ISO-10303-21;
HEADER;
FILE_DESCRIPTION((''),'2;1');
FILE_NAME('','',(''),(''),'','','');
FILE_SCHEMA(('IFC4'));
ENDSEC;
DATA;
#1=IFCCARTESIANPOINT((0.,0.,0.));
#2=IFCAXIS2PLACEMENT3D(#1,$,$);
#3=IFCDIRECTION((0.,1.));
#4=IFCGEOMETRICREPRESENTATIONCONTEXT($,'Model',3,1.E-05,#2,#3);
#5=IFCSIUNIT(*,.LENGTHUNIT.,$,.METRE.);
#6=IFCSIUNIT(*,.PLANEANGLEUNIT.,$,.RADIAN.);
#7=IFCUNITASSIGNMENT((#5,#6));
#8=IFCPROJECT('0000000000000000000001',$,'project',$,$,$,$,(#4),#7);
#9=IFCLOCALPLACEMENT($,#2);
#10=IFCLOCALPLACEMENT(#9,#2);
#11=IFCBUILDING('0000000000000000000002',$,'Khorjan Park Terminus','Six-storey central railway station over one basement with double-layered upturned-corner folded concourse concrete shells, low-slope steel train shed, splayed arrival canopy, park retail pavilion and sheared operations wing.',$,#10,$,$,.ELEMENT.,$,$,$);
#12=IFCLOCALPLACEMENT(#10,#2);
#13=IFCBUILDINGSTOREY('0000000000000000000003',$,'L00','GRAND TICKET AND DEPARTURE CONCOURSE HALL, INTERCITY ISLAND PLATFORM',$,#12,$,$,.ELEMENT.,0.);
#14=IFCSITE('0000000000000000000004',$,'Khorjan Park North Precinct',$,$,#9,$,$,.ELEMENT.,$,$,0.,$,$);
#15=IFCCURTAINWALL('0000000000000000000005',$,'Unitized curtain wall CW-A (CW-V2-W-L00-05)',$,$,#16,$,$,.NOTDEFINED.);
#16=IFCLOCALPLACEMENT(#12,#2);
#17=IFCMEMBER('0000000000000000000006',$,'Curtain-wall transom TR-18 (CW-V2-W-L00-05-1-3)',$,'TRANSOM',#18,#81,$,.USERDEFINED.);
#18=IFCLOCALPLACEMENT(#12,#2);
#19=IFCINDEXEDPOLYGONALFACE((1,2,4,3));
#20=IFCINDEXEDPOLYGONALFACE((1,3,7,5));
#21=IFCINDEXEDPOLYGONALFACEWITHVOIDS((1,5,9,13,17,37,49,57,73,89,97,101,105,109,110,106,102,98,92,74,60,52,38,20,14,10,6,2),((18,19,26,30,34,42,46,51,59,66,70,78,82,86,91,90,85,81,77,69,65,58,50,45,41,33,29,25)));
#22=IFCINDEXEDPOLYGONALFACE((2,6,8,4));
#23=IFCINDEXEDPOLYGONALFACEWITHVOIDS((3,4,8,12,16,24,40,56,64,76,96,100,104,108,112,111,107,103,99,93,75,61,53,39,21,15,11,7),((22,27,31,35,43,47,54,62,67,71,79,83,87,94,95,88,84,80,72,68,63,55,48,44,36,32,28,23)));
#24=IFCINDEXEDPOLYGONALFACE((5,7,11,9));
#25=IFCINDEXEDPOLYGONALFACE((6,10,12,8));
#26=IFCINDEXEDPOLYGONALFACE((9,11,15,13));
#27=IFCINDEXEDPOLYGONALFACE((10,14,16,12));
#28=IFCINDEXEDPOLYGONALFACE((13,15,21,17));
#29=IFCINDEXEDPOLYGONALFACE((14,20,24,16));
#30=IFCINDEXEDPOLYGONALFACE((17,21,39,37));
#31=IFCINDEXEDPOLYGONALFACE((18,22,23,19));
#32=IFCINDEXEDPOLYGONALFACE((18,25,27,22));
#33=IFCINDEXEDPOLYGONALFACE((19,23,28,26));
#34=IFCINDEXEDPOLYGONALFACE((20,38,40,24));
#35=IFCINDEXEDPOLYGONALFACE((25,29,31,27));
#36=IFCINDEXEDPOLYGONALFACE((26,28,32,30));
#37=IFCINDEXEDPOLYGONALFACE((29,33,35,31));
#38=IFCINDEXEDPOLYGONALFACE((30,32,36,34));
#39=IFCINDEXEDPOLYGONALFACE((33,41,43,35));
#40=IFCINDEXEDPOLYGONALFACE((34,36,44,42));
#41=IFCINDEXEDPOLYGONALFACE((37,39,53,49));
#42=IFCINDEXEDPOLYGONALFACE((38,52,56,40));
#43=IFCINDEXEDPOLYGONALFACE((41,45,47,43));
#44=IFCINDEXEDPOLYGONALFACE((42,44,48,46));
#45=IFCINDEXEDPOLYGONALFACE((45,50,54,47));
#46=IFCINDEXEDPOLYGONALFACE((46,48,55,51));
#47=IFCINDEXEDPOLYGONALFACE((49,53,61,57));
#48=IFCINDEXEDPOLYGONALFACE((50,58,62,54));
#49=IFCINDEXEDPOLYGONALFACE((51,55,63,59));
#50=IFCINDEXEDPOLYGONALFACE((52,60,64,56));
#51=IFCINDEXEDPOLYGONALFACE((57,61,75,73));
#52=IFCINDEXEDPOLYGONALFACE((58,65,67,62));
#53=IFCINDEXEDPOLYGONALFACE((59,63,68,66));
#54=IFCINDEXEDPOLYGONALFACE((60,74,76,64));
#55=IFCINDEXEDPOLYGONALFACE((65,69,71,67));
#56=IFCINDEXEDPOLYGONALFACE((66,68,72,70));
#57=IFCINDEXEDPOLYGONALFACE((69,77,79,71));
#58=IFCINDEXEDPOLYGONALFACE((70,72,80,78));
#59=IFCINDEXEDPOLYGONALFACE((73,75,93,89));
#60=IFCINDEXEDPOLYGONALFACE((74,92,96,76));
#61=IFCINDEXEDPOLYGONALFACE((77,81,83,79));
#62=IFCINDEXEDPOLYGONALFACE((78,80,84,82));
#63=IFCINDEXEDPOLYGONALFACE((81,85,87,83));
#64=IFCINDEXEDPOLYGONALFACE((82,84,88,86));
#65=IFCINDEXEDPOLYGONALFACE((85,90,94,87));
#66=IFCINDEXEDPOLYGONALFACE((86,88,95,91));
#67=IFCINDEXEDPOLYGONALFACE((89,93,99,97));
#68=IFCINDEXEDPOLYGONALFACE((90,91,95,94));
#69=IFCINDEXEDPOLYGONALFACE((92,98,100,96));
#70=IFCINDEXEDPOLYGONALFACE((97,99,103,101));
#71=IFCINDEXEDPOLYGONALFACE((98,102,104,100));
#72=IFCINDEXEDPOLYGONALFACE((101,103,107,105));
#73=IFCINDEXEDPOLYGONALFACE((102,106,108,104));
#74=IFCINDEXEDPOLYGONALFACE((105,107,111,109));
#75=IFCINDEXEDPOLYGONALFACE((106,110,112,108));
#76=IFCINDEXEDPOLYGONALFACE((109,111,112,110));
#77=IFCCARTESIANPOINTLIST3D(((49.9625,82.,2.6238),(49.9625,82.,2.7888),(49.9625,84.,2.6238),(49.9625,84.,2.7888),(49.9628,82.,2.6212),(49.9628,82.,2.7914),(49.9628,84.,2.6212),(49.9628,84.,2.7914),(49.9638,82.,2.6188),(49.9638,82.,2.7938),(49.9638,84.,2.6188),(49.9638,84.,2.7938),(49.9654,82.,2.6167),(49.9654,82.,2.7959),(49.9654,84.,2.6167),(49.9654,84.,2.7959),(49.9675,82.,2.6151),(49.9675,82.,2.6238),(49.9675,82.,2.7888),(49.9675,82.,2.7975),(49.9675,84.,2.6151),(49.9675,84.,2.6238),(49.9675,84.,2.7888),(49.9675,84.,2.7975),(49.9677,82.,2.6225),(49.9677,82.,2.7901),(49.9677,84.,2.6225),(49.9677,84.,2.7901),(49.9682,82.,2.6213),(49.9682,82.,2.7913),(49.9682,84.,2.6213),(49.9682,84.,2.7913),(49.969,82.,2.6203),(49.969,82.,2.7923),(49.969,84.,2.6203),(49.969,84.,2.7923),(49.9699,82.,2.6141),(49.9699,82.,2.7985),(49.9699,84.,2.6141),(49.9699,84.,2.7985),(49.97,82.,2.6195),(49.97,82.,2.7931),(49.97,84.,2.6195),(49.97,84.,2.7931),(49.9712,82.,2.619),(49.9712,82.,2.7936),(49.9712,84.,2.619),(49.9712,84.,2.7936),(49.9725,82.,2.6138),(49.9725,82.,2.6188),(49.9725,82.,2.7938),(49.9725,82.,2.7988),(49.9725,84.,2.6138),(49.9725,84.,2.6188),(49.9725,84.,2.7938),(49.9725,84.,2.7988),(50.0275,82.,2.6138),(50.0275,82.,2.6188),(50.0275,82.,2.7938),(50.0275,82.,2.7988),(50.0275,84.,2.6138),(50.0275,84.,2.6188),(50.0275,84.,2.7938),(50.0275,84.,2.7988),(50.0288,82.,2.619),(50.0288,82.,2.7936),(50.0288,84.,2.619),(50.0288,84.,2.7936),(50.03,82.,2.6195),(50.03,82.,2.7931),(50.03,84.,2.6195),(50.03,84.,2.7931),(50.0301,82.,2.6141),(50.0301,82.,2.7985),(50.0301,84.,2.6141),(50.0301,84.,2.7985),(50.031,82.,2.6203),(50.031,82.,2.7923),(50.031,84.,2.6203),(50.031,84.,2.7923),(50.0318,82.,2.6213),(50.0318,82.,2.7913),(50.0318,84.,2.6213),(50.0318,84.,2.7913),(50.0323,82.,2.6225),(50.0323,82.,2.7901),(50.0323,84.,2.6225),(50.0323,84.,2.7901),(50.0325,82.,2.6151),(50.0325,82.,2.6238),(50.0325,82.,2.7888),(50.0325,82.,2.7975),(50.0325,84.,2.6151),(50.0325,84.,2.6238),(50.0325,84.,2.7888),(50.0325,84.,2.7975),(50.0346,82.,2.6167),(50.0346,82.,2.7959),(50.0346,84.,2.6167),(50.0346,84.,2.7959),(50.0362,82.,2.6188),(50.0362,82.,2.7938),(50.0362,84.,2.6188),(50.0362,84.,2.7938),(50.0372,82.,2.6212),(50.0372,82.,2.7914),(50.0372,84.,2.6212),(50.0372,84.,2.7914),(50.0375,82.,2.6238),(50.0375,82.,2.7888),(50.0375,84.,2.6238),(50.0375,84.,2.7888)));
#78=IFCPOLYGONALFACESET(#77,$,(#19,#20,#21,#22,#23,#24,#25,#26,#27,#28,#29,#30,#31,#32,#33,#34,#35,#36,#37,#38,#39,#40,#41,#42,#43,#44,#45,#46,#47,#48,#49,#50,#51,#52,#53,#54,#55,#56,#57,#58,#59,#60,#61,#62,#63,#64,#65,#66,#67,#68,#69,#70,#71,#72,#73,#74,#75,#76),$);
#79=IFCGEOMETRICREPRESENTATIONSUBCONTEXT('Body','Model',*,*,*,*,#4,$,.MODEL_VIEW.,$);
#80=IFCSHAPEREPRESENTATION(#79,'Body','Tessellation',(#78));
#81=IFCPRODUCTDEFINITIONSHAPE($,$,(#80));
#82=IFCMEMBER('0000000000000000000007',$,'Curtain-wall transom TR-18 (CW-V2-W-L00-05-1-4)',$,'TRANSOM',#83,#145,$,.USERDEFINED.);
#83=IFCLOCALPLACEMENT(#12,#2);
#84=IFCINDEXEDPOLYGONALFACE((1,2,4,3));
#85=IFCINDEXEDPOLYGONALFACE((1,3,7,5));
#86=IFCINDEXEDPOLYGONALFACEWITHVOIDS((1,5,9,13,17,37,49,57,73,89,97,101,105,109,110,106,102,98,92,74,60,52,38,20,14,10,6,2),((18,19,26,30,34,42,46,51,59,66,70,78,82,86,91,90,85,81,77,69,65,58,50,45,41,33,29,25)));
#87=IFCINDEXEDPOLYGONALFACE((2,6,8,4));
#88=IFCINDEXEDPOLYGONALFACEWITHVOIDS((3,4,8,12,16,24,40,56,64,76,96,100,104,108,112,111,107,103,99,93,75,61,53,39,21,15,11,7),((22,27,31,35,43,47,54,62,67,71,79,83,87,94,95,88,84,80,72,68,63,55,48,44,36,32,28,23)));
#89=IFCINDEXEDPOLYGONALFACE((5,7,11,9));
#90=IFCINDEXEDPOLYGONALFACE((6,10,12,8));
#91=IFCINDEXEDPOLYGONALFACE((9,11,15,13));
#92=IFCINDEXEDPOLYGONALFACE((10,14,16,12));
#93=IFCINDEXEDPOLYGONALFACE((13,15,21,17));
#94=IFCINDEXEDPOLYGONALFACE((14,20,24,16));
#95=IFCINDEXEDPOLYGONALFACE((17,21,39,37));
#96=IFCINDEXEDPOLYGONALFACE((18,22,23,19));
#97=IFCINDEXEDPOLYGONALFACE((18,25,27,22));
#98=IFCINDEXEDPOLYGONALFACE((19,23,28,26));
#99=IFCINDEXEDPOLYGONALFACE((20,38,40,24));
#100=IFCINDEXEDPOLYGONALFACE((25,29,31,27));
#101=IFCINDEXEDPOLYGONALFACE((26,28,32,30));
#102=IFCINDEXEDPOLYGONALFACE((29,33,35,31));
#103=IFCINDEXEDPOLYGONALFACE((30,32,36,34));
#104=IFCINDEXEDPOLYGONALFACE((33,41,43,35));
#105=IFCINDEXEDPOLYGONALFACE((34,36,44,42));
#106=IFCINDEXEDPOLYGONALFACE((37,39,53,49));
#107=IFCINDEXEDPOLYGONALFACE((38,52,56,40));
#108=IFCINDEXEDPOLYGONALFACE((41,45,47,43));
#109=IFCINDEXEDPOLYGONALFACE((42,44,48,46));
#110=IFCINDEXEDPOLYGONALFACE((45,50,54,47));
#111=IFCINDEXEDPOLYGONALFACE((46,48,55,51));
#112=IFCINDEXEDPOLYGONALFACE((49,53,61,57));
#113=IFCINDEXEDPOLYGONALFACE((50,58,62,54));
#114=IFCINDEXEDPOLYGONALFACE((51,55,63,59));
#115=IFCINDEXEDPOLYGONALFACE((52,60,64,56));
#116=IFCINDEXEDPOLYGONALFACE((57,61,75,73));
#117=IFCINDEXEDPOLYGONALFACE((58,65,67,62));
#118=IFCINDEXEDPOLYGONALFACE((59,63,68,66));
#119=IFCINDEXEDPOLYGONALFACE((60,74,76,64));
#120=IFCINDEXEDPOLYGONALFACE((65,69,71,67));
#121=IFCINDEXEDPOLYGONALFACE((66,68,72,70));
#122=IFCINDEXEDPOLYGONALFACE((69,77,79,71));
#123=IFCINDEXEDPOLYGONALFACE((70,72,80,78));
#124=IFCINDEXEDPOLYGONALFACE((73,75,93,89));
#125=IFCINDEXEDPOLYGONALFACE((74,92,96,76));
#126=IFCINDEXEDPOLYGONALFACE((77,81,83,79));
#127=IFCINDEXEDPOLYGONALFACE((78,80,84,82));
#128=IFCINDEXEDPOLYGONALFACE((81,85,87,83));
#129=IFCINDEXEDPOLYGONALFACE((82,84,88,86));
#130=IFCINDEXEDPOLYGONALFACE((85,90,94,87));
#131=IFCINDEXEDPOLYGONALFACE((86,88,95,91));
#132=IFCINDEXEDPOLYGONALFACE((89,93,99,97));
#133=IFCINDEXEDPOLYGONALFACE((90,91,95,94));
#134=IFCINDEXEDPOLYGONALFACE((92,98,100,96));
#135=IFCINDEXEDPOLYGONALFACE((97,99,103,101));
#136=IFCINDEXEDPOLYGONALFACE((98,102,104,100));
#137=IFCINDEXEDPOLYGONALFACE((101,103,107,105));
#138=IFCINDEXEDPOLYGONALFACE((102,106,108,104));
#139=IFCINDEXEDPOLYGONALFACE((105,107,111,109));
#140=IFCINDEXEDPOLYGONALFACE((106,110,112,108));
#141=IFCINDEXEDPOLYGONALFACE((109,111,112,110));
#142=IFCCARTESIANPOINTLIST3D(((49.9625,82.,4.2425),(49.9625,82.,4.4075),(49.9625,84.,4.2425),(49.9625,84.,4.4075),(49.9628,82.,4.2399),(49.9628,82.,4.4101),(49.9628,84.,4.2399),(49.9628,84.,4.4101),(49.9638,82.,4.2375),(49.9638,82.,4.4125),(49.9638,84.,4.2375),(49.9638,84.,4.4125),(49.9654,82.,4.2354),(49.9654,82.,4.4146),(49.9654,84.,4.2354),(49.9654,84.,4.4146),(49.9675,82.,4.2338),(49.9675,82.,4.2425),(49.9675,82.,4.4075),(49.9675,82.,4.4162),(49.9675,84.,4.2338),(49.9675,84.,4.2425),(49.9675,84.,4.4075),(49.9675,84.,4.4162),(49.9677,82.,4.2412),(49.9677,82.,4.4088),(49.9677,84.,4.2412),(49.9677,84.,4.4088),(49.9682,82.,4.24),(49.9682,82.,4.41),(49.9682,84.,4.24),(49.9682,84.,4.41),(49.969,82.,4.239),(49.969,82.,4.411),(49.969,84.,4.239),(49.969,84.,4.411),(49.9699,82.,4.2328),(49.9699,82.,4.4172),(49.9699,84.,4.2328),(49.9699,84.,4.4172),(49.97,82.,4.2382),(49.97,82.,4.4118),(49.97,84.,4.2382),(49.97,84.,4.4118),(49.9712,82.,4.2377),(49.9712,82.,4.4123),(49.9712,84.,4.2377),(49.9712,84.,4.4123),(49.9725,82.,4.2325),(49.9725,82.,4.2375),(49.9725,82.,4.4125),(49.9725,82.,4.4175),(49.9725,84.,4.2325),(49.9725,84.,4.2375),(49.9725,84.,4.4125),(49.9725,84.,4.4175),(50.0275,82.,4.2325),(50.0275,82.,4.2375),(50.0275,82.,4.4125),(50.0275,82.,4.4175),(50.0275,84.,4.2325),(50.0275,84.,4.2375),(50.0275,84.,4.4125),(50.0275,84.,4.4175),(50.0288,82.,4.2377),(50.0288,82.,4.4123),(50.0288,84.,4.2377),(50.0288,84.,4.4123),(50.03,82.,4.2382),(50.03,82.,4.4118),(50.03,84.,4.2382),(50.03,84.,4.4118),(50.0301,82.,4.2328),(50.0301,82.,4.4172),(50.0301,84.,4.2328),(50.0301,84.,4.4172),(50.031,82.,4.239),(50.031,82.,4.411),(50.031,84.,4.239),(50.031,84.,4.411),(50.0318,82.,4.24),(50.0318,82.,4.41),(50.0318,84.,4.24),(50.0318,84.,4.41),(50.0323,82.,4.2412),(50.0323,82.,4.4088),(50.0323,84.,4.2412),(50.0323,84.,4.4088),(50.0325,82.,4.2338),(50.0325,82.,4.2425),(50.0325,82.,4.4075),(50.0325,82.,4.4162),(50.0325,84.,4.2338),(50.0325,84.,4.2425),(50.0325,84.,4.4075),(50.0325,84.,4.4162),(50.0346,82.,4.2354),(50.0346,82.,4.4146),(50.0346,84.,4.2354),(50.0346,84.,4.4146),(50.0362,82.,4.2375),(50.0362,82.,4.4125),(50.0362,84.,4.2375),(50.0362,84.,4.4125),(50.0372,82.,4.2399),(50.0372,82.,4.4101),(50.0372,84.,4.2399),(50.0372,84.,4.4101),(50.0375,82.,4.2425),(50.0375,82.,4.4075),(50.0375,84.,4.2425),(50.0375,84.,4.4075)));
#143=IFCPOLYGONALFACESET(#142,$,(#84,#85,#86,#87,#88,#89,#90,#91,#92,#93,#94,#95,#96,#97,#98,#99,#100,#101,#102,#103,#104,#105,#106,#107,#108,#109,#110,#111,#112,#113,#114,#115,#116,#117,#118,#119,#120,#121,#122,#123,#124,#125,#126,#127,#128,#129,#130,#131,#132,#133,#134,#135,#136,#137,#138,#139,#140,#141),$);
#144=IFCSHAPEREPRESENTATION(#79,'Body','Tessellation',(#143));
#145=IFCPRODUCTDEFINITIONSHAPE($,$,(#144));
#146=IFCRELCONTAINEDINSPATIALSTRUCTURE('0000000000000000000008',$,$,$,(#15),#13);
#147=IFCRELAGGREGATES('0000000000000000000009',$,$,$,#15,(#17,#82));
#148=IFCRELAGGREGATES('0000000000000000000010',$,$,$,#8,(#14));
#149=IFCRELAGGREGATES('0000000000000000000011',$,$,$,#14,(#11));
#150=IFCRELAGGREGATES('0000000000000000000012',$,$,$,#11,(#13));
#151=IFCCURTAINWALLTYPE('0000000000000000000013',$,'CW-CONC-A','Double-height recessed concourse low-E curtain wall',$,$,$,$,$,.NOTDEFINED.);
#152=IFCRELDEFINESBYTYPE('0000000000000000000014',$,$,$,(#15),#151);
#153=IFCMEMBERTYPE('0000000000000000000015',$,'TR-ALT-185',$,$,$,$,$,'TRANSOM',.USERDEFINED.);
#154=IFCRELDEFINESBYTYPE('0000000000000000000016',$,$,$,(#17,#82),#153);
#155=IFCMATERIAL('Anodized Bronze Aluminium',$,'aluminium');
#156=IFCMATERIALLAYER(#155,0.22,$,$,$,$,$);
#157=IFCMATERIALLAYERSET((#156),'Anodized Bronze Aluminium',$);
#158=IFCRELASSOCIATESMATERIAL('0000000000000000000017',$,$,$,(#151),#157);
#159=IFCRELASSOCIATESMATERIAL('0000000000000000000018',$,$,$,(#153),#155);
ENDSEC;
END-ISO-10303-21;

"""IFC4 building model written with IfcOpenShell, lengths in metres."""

from ifc_helpers import new_model, si_unit, direction, frame, origin, origin_2d, place, context, subcontext, project, spatial, hollow_rectangle, extrude, material, layer, layer_set, material_profile, profile_set, type_object, element, aggregate, save


model = new_model("IFC4")

# Units and contexts
model_context = context("Model", 3, precision=1e-05, world=origin(), true_north=direction((0.0, 1.0)))
body_context = subcontext(model_context, "Body", "Model", "MODEL_VIEW")
ifc_project = project(units=[si_unit("LENGTHUNIT", "METRE"), si_unit("PLANEANGLEUNIT", "RADIAN")], contexts=[model_context])

# Site, building, storey
site_placement = place(None, origin())
site = spatial("IfcSite", under=ifc_project, at=site_placement, Name="Khorjan Park North Precinct", CompositionType="ELEMENT", RefElevation=0.0)
building_placement = place(site_placement, origin())
building = spatial("IfcBuilding", under=site, at=building_placement, Name="Khorjan Park Terminus", Description="Six-storey central railway station over one basement with double-layered upturned-corner folded concourse concrete shells, low-slope steel train shed, splayed arrival canopy, park retail pavilion and sheared operations wing.", CompositionType="ELEMENT")
storey_placement = place(building_placement, origin())
storey = spatial("IfcBuildingStorey", under=building, at=storey_placement, Name="L00", Description="GRAND TICKET AND DEPARTURE CONCOURSE HALL, INTERCITY ISLAND PLATFORM", CompositionType="ELEMENT", Elevation=0.0)

# Shared definitions
ifc_material_1 = material(Name="Anodized Bronze Aluminium", Category="aluminium")
ifc_layer_1 = layer(ifc_material_1, 0.22)
ifc_layer_set_1 = layer_set([ifc_layer_1], Name="Anodized Bronze Aluminium")
curtain_wall_type = type_object("IfcCurtainWallType", Name="CW-CONC-A", Description="Double-height recessed concourse low-E curtain wall", PredefinedType="NOTDEFINED", material=ifc_layer_set_1)

# Curtain wall, members
curtain_wall_1_placement = place(storey_placement, origin())
curtain_wall_1 = element("IfcCurtainWall", 1, at=curtain_wall_1_placement, inside=storey, type_object=curtain_wall_type, Name="Unitized curtain wall CW-A (CW-V2-W-L00-05)", PredefinedType="NOTDEFINED")
ifc_material_profile_1 = material_profile(ifc_material_1, hollow_rectangle(XDim=0.075, YDim=0.185, WallThickness=0.005, InnerFilletRadius=0.005, OuterFilletRadius=0.01, at=origin_2d()), Name="ALT 75x185x5")
ifc_profile_set_1 = profile_set([ifc_material_profile_1], Name="Anodized Bronze Aluminium")
member_type_1 = type_object("IfcMemberType", Name="TR-ALT-185", ElementType="TRANSOM", PredefinedType="USERDEFINED", material=ifc_profile_set_1)
member_1_placement = place(storey_placement, frame((50.0, 84.0, 2.7063), z_axis=(0.0, -1.0, 0.0), x_axis=(1.0, 0.0, 0.0)))
member_1 = element("IfcMember", 2, at=member_1_placement, type_object=member_type_1, Name="Curtain-wall transom TR-18 (CW-V2-W-L00-05-1-3)", ObjectType="TRANSOM", PredefinedType="USERDEFINED", context=body_context, shape_type="SweptSolid", body=[
    extrude(hollow_rectangle(XDim=0.075, YDim=0.185, WallThickness=0.005, InnerFilletRadius=0.005, OuterFilletRadius=0.01, at=origin_2d()), origin(), (0.0, 0.0, 1.0), 2.0),
])
member_2_placement = place(storey_placement, frame((50.0, 84.0, 4.325), z_axis=(0.0, -1.0, 0.0), x_axis=(1.0, 0.0, 0.0)))
member_2 = element("IfcMember", 3, at=member_2_placement, type_object=member_type_1, Name="Curtain-wall transom TR-18 (CW-V2-W-L00-05-1-4)", ObjectType="TRANSOM", PredefinedType="USERDEFINED", context=body_context, shape_type="SweptSolid", body=[
    extrude(hollow_rectangle(XDim=0.075, YDim=0.185, WallThickness=0.005, InnerFilletRadius=0.005, OuterFilletRadius=0.01, at=origin_2d()), origin(), (0.0, 0.0, 1.0), 2.0),
])
aggregate(curtain_wall_1, [member_1, member_2])

save(model, "model.ifc")
